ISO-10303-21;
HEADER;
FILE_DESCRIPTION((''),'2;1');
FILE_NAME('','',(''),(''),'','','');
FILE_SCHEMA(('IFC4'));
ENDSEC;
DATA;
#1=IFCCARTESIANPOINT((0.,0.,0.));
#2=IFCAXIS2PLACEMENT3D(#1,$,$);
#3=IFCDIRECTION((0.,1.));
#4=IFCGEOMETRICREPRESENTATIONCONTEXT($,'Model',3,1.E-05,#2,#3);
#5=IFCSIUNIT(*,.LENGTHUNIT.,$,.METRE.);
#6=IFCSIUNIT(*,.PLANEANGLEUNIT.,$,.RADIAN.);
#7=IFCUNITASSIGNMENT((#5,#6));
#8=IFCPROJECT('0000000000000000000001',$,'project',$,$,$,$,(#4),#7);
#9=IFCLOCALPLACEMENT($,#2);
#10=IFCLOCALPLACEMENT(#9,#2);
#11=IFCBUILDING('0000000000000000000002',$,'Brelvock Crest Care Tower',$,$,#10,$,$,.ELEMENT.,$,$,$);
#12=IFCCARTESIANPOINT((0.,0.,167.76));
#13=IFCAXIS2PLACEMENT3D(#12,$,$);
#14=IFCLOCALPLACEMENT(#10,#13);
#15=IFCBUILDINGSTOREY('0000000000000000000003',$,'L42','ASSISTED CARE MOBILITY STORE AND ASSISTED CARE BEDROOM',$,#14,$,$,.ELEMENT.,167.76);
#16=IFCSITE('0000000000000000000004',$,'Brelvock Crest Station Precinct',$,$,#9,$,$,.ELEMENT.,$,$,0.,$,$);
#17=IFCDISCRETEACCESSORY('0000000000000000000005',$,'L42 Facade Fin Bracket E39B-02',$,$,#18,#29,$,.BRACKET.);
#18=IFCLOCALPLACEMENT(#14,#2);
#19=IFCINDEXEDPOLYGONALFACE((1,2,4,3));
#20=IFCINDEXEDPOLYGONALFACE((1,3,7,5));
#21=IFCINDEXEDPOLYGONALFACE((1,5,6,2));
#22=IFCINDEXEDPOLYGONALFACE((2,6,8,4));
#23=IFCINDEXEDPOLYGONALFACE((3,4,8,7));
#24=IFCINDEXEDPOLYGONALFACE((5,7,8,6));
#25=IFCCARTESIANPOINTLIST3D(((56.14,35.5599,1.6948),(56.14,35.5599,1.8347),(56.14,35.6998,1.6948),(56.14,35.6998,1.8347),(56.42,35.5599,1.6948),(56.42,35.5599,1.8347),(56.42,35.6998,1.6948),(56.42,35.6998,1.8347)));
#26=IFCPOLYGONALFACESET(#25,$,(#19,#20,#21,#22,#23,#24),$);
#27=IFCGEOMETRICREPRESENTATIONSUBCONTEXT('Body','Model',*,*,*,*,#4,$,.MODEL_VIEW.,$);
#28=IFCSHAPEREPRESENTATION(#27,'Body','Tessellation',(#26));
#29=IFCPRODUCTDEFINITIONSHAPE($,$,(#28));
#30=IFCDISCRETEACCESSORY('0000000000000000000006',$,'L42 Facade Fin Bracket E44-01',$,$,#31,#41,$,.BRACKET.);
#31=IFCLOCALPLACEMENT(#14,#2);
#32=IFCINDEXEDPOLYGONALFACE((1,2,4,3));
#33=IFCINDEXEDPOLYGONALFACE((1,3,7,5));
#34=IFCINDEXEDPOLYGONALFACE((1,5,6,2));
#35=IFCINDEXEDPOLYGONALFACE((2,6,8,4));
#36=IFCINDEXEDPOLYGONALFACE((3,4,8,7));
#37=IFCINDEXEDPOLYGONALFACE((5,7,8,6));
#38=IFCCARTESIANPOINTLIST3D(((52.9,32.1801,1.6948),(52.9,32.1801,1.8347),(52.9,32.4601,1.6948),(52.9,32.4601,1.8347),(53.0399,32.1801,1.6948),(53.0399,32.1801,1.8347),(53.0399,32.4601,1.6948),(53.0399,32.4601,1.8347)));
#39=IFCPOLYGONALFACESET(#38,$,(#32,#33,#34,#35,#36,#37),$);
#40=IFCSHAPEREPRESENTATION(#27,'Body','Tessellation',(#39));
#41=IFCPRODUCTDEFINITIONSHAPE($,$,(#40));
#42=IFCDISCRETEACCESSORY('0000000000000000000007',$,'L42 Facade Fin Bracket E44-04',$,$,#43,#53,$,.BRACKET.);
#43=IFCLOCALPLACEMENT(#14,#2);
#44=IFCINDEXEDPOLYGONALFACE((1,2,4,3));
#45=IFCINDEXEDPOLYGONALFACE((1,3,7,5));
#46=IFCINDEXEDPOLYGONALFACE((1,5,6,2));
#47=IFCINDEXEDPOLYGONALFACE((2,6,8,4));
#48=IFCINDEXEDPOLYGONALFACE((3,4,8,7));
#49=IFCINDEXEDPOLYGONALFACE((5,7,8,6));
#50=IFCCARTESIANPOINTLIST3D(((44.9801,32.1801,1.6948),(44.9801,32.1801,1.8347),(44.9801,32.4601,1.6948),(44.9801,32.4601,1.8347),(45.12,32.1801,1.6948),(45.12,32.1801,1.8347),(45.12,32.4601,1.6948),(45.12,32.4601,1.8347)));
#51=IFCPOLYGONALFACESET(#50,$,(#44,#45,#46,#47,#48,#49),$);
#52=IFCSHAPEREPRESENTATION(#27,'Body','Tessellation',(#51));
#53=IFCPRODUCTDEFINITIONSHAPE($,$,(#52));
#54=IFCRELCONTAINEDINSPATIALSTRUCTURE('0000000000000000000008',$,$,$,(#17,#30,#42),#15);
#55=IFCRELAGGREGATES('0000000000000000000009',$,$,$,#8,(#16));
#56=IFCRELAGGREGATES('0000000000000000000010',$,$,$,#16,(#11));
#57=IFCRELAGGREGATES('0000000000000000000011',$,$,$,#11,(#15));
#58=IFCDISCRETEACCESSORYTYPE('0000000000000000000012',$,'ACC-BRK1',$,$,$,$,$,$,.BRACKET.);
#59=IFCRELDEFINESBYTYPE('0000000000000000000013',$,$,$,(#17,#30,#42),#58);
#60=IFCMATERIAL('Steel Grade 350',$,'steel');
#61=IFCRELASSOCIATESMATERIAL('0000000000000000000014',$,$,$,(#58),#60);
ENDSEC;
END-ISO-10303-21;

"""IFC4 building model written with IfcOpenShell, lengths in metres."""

from ifc_helpers import new_model, si_unit, direction, frame, origin, origin_2d, place, context, subcontext, project, spatial, rectangle, extrude, source, transform, mapped, material, type_object, element, save


model = new_model("IFC4")

# Units and contexts
model_context = context("Model", 3, precision=1e-05, world=origin(), true_north=direction((0.0, 1.0)))
body_context = subcontext(model_context, "Body", "Model", "MODEL_VIEW")
ifc_project = project(units=[si_unit("LENGTHUNIT", "METRE"), si_unit("PLANEANGLEUNIT", "RADIAN")], contexts=[model_context])

# Site, building, storey
site_placement = place(None, origin())
site = spatial("IfcSite", under=ifc_project, at=site_placement, Name="Brelvock Crest Station Precinct", CompositionType="ELEMENT", RefElevation=0.0)
building_placement = place(site_placement, origin())
building = spatial("IfcBuilding", under=site, at=building_placement, Name="Brelvock Crest Care Tower", CompositionType="ELEMENT")
storey_placement = place(building_placement, frame((0.0, 0.0, 167.76)))
storey = spatial("IfcBuildingStorey", under=building, at=storey_placement, Name="L42", Description="ASSISTED CARE MOBILITY STORE AND ASSISTED CARE BEDROOM", CompositionType="ELEMENT", Elevation=167.76)

# Shared definitions
ifc_material_1 = material(Name="Steel Grade 350", Category="steel")

# Discrete accessories
discrete_accessory_type = type_object("IfcDiscreteAccessoryType", Name="ACC-BRK1", PredefinedType="BRACKET", material=ifc_material_1)
shared_shape_1 = source(origin(), body_context, "Body", "SweptSolid", [
    extrude(rectangle(XDim=0.28, YDim=0.1399, at=origin_2d()), origin(), (0.0, 0.0, 1.0), 0.1399),
])
for number, where, z_axis, x_axis, name in (
    (1, (56.28, 35.6299, 1.6948), (0.0, 0.0, 1.0), (1.0, 0.0, 0.0), "L42 Facade Fin Bracket E39B-02"),
    (2, (52.97, 32.3201, 1.6948), (0.0, 0.0, 1.0), (0.0, -1.0, 0.0), "L42 Facade Fin Bracket E44-01"),
    (3, (45.05, 32.3201, 1.6948), (0.0, 0.0, 1.0), (0.0, -1.0, 0.0), "L42 Facade Fin Bracket E44-04"),
):
    element("IfcDiscreteAccessory", number, at=place(storey_placement, frame(where, z_axis=z_axis, x_axis=x_axis)), inside=storey, type_object=discrete_accessory_type, Name=name, PredefinedType="BRACKET", context=body_context, shape_type="MappedRepresentation", body=[
        mapped(shared_shape_1, transform((0.0, 0.0, 0.0), x_axis=(1.0, 0.0, 0.0), y_axis=(0.0, 1.0, 0.0), z_axis=(0.0, 0.0, 1.0), scale=1.0)),
    ])

save(model, "model.ifc")
